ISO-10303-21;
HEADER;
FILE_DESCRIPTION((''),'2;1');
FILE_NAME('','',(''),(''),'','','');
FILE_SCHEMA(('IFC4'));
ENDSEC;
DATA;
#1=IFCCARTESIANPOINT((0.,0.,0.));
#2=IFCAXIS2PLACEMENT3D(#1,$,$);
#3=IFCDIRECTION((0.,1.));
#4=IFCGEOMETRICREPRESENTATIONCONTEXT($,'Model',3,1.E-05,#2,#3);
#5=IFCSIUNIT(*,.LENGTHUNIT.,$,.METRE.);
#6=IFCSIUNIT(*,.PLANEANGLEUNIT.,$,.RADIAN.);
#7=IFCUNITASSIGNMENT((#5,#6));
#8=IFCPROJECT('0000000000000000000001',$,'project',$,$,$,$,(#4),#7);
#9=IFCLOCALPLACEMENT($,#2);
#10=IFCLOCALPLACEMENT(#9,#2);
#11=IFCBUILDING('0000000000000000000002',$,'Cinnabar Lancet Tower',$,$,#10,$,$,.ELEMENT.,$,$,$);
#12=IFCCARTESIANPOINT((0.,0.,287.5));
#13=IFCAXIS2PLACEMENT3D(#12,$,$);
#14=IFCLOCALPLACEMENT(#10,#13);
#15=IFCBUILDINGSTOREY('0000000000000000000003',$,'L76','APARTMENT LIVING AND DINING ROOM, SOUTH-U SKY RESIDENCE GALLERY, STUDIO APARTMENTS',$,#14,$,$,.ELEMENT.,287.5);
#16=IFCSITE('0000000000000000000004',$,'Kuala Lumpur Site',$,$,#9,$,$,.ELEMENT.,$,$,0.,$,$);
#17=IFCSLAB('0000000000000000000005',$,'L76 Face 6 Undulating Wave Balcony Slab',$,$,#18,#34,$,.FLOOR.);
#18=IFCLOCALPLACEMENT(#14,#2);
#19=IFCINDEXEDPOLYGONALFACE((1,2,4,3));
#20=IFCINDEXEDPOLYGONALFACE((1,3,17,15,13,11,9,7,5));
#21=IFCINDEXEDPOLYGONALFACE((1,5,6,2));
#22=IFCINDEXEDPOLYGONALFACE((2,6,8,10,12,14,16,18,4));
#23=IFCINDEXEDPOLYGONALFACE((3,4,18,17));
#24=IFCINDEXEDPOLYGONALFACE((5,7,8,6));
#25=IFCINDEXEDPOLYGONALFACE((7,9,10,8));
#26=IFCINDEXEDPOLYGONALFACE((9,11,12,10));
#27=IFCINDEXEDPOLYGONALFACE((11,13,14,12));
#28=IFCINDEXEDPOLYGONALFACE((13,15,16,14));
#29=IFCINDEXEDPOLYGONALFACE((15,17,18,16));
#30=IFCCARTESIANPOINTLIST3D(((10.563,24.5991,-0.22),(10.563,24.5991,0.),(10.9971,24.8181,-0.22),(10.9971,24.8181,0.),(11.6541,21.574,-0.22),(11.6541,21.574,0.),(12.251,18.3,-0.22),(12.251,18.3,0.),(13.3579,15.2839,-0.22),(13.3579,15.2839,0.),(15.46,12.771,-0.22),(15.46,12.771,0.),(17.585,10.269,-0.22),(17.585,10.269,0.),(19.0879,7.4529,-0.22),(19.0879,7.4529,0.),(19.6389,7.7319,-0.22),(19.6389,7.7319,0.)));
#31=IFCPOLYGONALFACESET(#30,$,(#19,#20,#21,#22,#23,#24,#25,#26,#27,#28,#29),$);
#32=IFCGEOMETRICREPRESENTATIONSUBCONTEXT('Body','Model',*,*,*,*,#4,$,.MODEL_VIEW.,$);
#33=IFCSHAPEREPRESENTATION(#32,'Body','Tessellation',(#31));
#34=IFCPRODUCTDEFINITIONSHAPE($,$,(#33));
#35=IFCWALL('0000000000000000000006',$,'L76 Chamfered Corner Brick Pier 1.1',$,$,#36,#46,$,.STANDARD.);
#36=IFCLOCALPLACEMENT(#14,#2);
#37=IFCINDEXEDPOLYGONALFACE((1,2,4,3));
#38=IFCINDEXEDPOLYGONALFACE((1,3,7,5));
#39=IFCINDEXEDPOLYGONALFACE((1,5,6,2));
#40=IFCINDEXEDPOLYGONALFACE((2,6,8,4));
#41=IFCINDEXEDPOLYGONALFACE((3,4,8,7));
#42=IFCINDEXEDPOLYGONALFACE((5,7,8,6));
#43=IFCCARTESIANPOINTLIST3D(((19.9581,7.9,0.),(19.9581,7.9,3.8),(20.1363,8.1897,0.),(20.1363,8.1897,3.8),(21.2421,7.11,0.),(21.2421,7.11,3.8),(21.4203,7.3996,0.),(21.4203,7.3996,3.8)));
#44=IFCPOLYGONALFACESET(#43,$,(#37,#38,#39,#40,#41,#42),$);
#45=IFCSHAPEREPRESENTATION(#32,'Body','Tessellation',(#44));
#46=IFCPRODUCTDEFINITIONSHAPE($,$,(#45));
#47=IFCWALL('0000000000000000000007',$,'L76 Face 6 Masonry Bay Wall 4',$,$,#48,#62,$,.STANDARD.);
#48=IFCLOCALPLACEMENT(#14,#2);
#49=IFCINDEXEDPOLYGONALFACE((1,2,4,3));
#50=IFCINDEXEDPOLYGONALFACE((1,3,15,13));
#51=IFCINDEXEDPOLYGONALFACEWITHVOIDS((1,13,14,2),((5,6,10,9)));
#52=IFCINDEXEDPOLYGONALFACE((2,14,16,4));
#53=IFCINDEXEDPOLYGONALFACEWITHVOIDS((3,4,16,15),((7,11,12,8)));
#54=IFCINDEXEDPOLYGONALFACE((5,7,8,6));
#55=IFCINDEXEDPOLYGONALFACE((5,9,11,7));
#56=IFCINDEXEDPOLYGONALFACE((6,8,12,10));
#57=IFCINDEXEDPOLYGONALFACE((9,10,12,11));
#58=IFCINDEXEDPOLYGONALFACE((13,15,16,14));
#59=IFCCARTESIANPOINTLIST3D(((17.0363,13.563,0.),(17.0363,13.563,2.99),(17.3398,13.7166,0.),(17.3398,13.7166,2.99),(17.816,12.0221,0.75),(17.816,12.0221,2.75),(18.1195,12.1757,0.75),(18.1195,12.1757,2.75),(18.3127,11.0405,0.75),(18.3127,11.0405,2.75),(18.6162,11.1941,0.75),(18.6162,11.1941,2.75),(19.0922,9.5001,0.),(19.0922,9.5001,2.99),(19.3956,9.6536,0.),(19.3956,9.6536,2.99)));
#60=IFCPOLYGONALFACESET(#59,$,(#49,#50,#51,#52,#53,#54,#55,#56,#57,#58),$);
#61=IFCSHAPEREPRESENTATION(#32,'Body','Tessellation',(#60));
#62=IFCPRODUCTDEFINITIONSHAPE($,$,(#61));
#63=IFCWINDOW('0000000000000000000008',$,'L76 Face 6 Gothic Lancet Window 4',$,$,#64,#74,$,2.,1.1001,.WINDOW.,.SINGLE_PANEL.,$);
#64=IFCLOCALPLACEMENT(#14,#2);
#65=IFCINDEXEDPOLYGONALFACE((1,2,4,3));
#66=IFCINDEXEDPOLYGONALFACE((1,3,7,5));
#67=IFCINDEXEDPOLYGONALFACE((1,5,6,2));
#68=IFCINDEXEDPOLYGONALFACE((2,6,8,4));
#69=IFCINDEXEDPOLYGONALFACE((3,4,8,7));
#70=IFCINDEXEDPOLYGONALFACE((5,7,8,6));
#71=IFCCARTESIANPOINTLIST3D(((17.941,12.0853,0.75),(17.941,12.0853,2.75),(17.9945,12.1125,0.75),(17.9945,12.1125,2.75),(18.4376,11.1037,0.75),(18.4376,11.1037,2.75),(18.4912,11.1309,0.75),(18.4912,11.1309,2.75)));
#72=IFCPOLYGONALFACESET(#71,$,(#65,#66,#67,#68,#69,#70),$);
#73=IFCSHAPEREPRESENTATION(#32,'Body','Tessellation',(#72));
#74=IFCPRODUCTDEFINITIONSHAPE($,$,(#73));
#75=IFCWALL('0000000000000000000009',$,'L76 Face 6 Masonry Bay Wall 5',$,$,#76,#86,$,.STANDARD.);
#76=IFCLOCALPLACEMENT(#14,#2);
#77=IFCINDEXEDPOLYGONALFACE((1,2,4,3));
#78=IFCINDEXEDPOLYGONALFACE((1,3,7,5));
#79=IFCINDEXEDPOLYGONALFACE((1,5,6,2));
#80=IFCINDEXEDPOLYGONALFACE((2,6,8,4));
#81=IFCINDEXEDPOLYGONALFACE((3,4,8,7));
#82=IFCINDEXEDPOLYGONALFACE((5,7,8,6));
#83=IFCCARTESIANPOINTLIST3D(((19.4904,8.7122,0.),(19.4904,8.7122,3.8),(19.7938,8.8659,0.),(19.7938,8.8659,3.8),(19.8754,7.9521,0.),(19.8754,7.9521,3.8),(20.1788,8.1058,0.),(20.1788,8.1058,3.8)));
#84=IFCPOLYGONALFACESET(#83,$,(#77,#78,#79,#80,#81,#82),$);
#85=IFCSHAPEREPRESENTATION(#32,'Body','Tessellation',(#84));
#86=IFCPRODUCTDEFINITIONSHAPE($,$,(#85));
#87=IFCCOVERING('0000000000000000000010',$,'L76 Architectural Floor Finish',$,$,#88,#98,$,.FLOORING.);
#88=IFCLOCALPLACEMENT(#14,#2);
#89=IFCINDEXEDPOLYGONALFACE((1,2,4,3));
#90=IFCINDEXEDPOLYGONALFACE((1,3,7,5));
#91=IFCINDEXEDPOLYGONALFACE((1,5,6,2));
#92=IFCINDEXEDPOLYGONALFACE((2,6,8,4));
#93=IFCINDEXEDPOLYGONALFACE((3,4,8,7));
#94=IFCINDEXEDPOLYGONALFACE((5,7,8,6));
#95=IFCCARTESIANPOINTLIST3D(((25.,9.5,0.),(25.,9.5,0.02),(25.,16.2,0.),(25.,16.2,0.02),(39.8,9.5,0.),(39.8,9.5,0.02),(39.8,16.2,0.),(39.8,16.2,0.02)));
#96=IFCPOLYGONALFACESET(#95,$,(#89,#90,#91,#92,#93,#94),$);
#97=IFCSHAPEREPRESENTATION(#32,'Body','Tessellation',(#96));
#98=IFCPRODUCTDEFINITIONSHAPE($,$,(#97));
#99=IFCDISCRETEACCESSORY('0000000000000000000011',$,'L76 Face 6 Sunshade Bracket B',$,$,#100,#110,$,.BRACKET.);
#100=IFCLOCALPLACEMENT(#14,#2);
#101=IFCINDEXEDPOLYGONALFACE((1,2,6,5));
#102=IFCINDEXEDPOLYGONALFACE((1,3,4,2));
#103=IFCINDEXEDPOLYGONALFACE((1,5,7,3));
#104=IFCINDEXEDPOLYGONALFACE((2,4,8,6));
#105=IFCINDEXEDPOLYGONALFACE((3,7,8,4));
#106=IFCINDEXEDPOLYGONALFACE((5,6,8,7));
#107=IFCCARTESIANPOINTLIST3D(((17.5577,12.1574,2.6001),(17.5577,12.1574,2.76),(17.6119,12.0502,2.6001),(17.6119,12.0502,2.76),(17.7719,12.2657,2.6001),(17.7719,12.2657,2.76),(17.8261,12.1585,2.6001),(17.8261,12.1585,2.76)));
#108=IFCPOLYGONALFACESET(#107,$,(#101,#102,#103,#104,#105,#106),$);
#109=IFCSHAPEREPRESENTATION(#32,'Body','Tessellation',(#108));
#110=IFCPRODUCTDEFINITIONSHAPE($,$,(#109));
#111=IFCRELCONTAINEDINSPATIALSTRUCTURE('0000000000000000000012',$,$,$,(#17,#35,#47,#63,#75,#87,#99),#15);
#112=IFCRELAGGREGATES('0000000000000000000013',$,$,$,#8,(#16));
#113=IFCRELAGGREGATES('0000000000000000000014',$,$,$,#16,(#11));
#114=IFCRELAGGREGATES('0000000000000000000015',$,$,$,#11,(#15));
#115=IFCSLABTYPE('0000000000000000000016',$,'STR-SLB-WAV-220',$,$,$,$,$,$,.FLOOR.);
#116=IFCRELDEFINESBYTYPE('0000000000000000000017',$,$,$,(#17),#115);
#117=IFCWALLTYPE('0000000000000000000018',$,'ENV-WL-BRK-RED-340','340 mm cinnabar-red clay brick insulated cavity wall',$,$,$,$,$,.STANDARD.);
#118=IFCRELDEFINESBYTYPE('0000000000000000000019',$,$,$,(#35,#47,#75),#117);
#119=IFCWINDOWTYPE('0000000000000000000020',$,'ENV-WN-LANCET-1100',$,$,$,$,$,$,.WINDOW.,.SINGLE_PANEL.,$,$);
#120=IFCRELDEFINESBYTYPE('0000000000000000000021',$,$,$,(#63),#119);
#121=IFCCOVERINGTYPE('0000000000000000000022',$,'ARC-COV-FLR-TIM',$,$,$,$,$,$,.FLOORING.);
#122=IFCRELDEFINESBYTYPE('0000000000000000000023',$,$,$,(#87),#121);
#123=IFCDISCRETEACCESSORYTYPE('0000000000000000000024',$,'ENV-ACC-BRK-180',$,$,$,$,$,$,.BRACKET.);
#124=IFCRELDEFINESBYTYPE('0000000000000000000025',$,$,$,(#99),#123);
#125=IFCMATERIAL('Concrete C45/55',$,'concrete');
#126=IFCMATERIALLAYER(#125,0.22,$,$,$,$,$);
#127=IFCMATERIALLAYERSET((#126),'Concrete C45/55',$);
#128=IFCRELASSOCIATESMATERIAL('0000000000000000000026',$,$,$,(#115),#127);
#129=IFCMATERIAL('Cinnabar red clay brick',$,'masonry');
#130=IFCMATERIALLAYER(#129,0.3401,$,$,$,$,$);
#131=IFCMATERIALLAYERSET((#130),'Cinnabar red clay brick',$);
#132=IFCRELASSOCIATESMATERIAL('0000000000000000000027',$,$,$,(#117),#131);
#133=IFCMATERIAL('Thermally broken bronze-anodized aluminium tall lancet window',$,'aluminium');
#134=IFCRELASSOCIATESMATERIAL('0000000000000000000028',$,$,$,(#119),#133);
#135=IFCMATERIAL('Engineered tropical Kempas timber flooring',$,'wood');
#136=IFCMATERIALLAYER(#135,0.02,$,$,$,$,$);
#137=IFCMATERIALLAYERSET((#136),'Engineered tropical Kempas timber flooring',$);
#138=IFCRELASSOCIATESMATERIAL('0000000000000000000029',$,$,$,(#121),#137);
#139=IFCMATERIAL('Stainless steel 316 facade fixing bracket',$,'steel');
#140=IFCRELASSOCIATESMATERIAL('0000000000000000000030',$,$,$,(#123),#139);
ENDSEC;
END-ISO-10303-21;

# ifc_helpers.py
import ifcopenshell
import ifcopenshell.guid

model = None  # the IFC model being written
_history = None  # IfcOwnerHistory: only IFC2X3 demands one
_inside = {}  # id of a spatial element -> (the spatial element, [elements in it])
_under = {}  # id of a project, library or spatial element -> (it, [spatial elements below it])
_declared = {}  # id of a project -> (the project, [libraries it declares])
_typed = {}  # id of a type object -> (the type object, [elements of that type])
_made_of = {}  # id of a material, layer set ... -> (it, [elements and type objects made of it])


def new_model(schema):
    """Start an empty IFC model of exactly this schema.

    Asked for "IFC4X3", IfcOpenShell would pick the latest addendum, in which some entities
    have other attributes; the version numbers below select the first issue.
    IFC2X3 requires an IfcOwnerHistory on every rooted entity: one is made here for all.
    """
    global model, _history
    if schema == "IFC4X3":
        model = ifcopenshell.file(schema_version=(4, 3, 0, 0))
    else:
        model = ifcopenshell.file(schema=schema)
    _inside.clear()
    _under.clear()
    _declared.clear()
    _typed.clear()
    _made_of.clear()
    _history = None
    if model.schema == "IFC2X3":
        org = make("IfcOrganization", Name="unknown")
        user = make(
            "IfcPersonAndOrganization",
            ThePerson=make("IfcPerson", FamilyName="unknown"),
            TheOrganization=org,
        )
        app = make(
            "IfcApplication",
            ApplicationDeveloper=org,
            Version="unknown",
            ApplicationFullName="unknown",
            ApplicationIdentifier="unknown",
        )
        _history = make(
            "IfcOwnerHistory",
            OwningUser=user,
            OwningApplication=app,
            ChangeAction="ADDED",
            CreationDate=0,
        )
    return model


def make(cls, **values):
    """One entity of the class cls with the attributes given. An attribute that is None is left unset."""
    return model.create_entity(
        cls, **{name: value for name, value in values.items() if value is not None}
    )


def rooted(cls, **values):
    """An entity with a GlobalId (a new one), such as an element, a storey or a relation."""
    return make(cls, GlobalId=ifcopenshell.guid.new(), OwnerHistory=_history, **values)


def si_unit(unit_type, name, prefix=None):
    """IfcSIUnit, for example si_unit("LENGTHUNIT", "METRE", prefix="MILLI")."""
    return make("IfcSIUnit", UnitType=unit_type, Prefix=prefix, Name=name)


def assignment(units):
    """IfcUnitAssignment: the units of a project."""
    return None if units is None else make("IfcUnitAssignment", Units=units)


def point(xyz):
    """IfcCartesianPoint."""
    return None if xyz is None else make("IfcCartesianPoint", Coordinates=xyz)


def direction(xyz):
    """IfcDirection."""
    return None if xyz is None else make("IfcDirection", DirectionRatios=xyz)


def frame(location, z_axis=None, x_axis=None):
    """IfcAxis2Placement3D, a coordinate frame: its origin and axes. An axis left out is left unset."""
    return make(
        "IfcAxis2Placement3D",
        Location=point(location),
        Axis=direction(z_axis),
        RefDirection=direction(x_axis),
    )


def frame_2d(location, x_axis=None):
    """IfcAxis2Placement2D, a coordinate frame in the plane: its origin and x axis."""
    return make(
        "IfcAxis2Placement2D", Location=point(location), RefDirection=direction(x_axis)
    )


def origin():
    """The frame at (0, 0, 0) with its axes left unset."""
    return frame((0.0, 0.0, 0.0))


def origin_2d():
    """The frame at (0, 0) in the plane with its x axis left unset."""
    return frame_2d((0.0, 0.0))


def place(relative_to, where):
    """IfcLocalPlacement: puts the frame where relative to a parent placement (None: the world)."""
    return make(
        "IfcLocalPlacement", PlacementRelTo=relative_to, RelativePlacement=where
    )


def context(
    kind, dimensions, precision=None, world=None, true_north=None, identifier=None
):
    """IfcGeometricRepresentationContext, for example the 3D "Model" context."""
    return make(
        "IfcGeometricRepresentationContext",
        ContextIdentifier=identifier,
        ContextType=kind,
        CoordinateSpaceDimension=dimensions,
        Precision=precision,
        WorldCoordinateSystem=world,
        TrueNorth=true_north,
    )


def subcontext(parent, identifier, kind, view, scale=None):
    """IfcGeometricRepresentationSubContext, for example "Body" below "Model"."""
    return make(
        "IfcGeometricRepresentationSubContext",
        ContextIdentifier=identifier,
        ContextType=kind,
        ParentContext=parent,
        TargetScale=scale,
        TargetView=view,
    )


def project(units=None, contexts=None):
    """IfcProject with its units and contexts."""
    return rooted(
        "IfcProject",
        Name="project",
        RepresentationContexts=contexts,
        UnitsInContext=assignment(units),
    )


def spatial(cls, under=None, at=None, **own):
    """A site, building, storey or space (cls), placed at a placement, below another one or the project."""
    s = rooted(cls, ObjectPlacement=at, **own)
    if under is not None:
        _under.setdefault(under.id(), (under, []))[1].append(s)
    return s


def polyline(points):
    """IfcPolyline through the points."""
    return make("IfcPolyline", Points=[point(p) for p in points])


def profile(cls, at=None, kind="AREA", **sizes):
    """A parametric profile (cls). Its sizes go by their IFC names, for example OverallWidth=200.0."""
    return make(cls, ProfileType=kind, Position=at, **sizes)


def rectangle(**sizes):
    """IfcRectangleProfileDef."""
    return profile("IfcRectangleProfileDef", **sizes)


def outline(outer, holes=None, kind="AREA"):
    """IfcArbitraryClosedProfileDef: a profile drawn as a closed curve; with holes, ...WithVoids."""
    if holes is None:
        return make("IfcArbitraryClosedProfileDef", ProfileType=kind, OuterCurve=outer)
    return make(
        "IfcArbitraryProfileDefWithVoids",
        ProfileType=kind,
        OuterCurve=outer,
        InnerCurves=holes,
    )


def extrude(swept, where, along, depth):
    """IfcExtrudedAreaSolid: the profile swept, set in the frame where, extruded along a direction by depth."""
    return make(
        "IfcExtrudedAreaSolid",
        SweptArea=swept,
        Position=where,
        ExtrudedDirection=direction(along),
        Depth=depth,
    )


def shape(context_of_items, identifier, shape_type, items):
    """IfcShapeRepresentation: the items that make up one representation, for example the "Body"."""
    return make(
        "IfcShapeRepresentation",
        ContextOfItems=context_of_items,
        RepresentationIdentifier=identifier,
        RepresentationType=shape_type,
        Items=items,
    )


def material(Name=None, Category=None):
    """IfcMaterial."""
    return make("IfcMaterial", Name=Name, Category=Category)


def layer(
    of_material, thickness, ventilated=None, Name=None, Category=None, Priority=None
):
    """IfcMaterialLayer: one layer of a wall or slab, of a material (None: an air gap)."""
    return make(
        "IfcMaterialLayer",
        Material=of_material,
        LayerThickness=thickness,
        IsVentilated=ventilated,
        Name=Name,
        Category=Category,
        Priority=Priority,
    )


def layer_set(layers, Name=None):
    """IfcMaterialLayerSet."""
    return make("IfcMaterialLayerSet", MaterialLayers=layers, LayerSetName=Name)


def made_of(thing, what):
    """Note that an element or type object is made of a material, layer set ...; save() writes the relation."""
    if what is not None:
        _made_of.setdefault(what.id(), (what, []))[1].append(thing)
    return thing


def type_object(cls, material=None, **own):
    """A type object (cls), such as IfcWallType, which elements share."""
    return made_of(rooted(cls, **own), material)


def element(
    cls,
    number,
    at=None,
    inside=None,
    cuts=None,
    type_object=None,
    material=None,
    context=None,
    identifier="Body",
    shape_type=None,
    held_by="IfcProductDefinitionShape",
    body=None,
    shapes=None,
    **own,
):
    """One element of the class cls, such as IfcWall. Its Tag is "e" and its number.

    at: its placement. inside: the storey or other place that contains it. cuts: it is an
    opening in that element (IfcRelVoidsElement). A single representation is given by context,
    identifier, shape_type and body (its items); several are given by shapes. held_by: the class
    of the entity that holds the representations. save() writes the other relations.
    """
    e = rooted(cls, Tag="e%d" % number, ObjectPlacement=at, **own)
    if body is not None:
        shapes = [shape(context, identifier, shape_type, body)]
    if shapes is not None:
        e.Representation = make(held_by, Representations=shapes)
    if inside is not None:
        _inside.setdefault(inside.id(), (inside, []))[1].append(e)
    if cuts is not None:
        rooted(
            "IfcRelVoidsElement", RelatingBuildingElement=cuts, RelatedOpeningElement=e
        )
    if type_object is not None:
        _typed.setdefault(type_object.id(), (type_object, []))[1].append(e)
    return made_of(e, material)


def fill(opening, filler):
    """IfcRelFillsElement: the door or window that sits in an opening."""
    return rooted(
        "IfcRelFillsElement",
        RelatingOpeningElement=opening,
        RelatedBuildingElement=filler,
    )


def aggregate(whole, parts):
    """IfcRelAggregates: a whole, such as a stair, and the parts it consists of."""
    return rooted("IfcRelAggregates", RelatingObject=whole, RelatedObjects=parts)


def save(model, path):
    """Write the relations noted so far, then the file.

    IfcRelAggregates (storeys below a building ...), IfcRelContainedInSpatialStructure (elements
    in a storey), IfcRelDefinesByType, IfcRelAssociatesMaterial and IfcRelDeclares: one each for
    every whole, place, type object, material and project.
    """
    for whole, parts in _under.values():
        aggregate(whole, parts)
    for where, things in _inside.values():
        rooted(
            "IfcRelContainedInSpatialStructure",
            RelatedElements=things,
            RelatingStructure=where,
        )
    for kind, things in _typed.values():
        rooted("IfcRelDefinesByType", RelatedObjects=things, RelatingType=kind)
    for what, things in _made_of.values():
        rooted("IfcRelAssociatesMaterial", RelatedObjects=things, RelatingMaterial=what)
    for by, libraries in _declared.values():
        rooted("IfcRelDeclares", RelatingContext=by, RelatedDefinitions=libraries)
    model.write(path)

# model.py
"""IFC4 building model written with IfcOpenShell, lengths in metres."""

from ifc_helpers import new_model, si_unit, direction, frame, frame_2d, origin, origin_2d, place, context, subcontext, project, spatial, polyline, rectangle, outline, extrude, material, layer, layer_set, type_object, element, fill, save


model = new_model("IFC4")

# Units and contexts
model_context = context("Model", 3, precision=1e-05, world=origin(), true_north=direction((0.0, 1.0)))
body_context = subcontext(model_context, "Body", "Model", "MODEL_VIEW")
ifc_project = project(units=[si_unit("LENGTHUNIT", "METRE"), si_unit("PLANEANGLEUNIT", "RADIAN")], contexts=[model_context])

# Site, building, storey
site_placement = place(None, origin())
site = spatial("IfcSite", under=ifc_project, at=site_placement, Name="Kuala Lumpur Site", CompositionType="ELEMENT", RefElevation=0.0)
building_placement = place(site_placement, origin())
building = spatial("IfcBuilding", under=site, at=building_placement, Name="Cinnabar Lancet Tower", CompositionType="ELEMENT")
storey_placement = place(building_placement, frame((0.0, 0.0, 287.5)))
storey = spatial("IfcBuildingStorey", under=building, at=storey_placement, Name="L76", Description="APARTMENT LIVING AND DINING ROOM, SOUTH-U SKY RESIDENCE GALLERY, STUDIO APARTMENTS", CompositionType="ELEMENT", Elevation=287.5)

# Slab
ifc_material_1 = material(Name="Concrete C45/55", Category="concrete")
ifc_layer_1 = layer(ifc_material_1, 0.22)
ifc_layer_set_1 = layer_set([ifc_layer_1], Name="Concrete C45/55")
slab_type_1 = type_object("IfcSlabType", Name="STR-SLB-WAV-220", PredefinedType="FLOOR", material=ifc_layer_set_1)
slab_1_placement = place(storey_placement, frame((0.0, 0.0, -0.22)))
element("IfcSlab", 1, at=slab_1_placement, inside=storey, type_object=slab_type_1, Name="L76 Face 6 Undulating Wave Balcony Slab", PredefinedType="FLOOR", context=body_context, shape_type="SweptSolid", body=[
    extrude(outline(polyline([(10.9971, 24.8181), (10.563, 24.5991), (11.6541, 21.574), (12.251, 18.3), (13.3579, 15.2839), (15.46, 12.771), (17.585, 10.269), (19.0879, 7.4529), (19.6389, 7.7319), (10.9971, 24.8181)])), origin(), (0.0, 0.0, 1.0), 0.22),
])

# Wall
ifc_material_2 = material(Name="Cinnabar red clay brick", Category="masonry")
ifc_layer_2 = layer(ifc_material_2, 0.3401)
ifc_layer_set_2 = layer_set([ifc_layer_2], Name="Cinnabar red clay brick")
wall_type = type_object("IfcWallType", Name="ENV-WL-BRK-RED-340", Description="340 mm cinnabar-red clay brick insulated cavity wall", PredefinedType="STANDARD", material=ifc_layer_set_2)
wall_1_placement = place(storey_placement, frame((20.0471, 8.0449, 0.0), z_axis=(0.0, 0.0, 1.0), x_axis=(0.851681, -0.524061, 0.0)))
element("IfcWall", 2, at=wall_1_placement, inside=storey, type_object=wall_type, Name="L76 Chamfered Corner Brick Pier 1.1", PredefinedType="STANDARD", context=body_context, shape_type="SweptSolid", body=[
    extrude(rectangle(XDim=1.5076, YDim=0.3401, at=frame_2d((0.7539, 0.0))), origin(), (0.0, 0.0, 1.0), 3.8),
])

# Wall, opening, window
wall_2_placement = place(storey_placement, frame((17.188, 13.6399, 0.0), z_axis=(0.0, 0.0, 1.0), x_axis=(0.451498, -0.892272, 0.0)))
wall_2 = element("IfcWall", 3, at=wall_2_placement, inside=storey, type_object=wall_type, Name="L76 Face 6 Masonry Bay Wall 4", PredefinedType="STANDARD", context=body_context, shape_type="SweptSolid", body=[
    extrude(rectangle(XDim=4.5535, YDim=0.3401, at=frame_2d((2.2769, 0.0))), origin(), (0.0, 0.0, 1.0), 2.99),
])
opening_placement = place(wall_2_placement, frame((1.7271, 0.0, 0.75)))
opening = element("IfcOpeningElement", 4, at=opening_placement, cuts=wall_2, PredefinedType="OPENING", context=body_context, shape_type="SweptSolid", body=[
    extrude(rectangle(XDim=1.1001, YDim=2.0, at=frame_2d((0.55, 1.0))), frame((0.0, 0.1799, 0.0), z_axis=(0.0, -1.0, 0.0), x_axis=(1.0, 0.0, 0.0)), (0.0, 0.0, 1.0), 0.3601),
])
ifc_material_3 = material(Name="Thermally broken bronze-anodized aluminium tall lancet window", Category="aluminium")
window_type = type_object("IfcWindowType", Name="ENV-WN-LANCET-1100", PartitioningType="SINGLE_PANEL", PredefinedType="WINDOW", material=ifc_material_3)
window_placement = place(opening_placement, origin())
window = element("IfcWindow", 5, at=window_placement, inside=storey, type_object=window_type, Name="L76 Face 6 Gothic Lancet Window 4", OverallHeight=2.0, OverallWidth=1.1001, PartitioningType="SINGLE_PANEL", PredefinedType="WINDOW", context=body_context, shape_type="SweptSolid", body=[
    extrude(rectangle(XDim=1.1001, YDim=2.0, at=frame_2d((0.55, 1.0))), frame((0.0, 0.03, 0.0), z_axis=(0.0, -1.0, 0.0), x_axis=(1.0, 0.0, 0.0)), (0.0, 0.0, 1.0), 0.0601),
])
fill(opening, window)

# Wall
wall_3_placement = place(storey_placement, frame((19.6421, 8.7891, 0.0), z_axis=(0.0, 0.0, 1.0), x_axis=(0.451907, -0.892065, 0.0)))
element("IfcWall", 6, at=wall_3_placement, inside=storey, type_object=wall_type, Name="L76 Face 6 Masonry Bay Wall 5", PredefinedType="STANDARD", context=body_context, shape_type="SweptSolid", body=[
    extrude(rectangle(XDim=0.8521, YDim=0.3401, at=frame_2d((0.426, 0.0))), origin(), (0.0, 0.0, 1.0), 3.8),
])

# Covering
ifc_material_4 = material(Name="Engineered tropical Kempas timber flooring", Category="wood")
ifc_layer_3 = layer(ifc_material_4, 0.02)
ifc_layer_set_3 = layer_set([ifc_layer_3], Name="Engineered tropical Kempas timber flooring")
covering_type = type_object("IfcCoveringType", Name="ARC-COV-FLR-TIM", PredefinedType="FLOORING", material=ifc_layer_set_3)
covering_placement = place(storey_placement, origin())
element("IfcCovering", 7, at=covering_placement, inside=storey, type_object=covering_type, Name="L76 Architectural Floor Finish", PredefinedType="FLOORING", context=body_context, shape_type="SweptSolid", body=[
    extrude(outline(polyline([(25.0, 9.5), (39.8, 9.5), (39.8, 16.2), (25.0, 16.2), (25.0, 9.5)])), origin(), (0.0, 0.0, 1.0), 0.02),
])

# Discrete accessory
ifc_material_5 = material(Name="Stainless steel 316 facade fixing bracket", Category="steel")
discrete_accessory_type = type_object("IfcDiscreteAccessoryType", Name="ENV-ACC-BRK-180", PredefinedType="BRACKET", material=ifc_material_5)
discrete_accessory_placement = place(storey_placement, frame((17.6919, 12.158, 2.6001), z_axis=(0.0, 0.0, 1.0), x_axis=(0.451376, -0.892334, 0.0)))
element("IfcDiscreteAccessory", 8, at=discrete_accessory_placement, inside=storey, type_object=discrete_accessory_type, Name="L76 Face 6 Sunshade Bracket B", PredefinedType="BRACKET", context=body_context, shape_type="SweptSolid", body=[
    extrude(rectangle(XDim=0.1201, YDim=0.24, at=origin_2d()), origin(), (0.0, 0.0, 1.0), 0.1599),
])

save(model, "model.ifc")
